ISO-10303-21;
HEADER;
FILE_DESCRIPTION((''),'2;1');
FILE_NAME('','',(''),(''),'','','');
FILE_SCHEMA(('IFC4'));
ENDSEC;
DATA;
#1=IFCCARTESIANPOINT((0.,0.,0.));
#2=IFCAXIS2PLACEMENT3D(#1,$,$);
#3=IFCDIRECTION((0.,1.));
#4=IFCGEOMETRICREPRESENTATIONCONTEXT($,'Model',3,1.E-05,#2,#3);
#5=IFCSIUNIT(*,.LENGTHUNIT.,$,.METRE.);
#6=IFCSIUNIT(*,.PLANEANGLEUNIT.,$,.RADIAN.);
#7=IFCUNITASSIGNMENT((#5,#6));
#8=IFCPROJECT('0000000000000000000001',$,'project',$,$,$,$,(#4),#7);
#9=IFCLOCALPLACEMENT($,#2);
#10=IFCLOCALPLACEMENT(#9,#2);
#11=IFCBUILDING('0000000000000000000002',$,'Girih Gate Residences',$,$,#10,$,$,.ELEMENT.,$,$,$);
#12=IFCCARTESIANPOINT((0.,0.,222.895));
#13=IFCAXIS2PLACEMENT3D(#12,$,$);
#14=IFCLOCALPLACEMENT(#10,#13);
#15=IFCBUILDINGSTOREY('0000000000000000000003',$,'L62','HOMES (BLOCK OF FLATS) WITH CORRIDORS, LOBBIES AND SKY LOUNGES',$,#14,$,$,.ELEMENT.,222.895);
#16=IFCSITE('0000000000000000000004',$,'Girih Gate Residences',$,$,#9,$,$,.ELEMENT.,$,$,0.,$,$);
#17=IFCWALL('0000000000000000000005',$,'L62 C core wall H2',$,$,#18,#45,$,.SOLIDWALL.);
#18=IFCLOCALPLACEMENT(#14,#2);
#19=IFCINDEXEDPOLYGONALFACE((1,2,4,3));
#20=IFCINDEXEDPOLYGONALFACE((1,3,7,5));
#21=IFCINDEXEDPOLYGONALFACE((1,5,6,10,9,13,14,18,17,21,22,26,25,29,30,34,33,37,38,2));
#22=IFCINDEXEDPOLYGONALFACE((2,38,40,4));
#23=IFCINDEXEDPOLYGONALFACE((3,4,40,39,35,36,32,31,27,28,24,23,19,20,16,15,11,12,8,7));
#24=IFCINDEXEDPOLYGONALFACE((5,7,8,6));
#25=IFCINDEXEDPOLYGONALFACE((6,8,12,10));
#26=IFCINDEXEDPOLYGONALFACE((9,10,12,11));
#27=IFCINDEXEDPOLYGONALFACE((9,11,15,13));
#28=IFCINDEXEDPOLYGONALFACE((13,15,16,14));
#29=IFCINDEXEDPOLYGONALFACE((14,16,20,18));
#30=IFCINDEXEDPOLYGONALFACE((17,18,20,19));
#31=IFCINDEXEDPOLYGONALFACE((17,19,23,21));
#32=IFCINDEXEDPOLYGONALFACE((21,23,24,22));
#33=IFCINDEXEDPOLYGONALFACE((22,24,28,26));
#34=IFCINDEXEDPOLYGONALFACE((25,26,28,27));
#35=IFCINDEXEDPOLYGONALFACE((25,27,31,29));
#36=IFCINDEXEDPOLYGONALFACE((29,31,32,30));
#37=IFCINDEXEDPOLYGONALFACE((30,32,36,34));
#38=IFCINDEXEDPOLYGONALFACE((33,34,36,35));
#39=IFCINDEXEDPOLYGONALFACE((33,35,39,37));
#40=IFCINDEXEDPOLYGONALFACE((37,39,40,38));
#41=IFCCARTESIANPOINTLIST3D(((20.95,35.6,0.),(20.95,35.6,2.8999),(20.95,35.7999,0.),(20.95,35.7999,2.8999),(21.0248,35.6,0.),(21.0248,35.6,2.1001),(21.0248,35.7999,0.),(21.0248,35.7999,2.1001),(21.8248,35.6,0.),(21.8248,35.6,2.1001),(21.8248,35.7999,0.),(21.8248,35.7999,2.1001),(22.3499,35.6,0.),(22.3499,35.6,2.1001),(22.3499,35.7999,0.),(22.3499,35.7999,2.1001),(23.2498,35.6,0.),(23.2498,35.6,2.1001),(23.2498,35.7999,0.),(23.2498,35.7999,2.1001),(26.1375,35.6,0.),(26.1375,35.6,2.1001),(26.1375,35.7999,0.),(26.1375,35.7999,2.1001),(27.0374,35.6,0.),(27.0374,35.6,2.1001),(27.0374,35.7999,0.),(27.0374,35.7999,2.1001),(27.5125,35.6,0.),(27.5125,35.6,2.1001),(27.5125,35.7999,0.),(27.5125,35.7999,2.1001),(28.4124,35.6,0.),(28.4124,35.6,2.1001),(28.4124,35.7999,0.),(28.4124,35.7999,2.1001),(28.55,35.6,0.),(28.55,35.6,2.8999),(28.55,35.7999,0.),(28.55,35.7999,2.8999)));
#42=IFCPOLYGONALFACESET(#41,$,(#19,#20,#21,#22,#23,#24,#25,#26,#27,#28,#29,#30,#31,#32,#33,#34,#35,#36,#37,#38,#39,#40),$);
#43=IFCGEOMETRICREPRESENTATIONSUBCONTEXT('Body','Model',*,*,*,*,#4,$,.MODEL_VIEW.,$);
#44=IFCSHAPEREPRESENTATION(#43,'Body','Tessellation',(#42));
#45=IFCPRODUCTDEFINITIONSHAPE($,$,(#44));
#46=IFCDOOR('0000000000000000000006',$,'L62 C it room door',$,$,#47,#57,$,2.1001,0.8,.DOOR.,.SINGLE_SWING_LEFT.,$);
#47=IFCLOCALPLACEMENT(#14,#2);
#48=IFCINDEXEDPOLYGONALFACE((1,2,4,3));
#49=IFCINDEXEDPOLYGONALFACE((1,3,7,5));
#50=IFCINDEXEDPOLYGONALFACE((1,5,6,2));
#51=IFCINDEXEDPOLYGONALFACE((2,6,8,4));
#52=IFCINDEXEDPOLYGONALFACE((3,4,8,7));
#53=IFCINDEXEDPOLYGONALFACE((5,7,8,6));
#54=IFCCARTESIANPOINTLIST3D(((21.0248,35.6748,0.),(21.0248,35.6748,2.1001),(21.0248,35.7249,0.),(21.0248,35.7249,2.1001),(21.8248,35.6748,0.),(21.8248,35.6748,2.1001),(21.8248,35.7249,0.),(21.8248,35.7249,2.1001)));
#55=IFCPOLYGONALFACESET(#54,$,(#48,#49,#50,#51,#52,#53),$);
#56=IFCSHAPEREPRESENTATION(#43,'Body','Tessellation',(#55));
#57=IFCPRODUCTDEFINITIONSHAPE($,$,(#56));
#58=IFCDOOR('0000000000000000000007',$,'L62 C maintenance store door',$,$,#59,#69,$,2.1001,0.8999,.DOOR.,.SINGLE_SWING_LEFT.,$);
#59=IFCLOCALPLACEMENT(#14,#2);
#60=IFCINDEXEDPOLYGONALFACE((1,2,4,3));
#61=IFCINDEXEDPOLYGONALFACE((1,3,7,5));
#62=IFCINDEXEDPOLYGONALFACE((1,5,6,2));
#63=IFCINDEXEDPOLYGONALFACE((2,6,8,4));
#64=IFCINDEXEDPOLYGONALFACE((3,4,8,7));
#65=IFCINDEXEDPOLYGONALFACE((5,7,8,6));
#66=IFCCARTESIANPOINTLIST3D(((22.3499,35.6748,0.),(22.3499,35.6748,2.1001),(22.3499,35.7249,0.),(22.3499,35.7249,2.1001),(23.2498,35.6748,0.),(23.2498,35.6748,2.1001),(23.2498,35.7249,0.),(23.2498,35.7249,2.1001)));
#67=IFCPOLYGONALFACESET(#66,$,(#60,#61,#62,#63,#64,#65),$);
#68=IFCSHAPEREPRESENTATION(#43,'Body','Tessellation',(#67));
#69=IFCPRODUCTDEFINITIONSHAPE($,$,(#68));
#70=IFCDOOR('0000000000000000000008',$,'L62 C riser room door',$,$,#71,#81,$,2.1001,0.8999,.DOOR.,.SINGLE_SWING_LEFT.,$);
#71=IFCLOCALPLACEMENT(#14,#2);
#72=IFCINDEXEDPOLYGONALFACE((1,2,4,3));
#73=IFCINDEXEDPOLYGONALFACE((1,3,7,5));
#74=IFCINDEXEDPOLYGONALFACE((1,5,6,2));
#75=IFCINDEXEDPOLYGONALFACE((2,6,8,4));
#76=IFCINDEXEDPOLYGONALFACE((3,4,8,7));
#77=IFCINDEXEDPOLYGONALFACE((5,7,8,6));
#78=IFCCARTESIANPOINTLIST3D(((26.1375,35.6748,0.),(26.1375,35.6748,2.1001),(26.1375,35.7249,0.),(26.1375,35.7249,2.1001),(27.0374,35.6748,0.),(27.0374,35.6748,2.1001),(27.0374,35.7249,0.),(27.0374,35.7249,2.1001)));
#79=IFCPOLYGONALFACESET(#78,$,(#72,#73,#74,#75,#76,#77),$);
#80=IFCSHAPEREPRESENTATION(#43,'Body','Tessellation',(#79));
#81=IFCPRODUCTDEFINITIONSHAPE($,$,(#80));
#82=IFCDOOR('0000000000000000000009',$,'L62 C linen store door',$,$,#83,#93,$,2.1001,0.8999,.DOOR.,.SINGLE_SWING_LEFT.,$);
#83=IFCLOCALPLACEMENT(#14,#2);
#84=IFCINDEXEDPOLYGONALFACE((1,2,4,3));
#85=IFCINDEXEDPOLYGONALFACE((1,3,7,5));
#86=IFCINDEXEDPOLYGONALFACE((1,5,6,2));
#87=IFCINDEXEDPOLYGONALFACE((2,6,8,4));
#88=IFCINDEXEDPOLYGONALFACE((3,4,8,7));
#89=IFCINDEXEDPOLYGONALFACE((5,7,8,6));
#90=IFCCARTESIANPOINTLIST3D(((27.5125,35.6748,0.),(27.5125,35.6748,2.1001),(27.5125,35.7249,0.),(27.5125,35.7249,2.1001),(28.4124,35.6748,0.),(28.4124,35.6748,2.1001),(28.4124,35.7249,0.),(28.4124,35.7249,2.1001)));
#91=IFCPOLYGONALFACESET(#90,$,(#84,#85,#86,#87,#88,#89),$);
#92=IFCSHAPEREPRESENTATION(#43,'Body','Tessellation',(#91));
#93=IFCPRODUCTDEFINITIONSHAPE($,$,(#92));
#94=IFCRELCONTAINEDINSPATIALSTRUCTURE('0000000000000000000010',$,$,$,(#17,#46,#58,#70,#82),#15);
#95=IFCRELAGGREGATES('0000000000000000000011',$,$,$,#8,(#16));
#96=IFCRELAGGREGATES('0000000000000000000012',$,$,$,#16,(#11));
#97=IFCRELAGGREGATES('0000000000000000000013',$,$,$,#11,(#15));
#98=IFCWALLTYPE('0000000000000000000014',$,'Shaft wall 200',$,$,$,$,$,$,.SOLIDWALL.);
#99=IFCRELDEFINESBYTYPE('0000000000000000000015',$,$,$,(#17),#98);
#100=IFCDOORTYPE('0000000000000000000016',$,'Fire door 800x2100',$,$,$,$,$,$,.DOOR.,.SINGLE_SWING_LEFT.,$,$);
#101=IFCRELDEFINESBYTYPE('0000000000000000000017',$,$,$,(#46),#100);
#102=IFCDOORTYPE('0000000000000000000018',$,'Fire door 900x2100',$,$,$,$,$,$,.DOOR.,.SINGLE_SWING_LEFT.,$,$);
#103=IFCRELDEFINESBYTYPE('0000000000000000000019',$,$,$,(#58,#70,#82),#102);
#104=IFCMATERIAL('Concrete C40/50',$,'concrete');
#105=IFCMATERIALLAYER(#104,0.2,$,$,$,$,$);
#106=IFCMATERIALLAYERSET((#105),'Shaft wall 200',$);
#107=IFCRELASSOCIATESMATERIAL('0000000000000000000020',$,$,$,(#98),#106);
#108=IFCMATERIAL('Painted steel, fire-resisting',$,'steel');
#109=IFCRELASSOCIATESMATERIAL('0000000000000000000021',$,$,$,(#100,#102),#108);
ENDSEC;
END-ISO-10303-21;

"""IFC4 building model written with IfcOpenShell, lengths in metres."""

from ifc_helpers import new_model, si_unit, direction, frame, frame_2d, origin, place, context, subcontext, project, spatial, rectangle, extrude, material, layer, layer_set, type_object, element, fill, save


model = new_model("IFC4")

# Units and contexts
model_context = context("Model", 3, precision=1e-05, world=origin(), true_north=direction((0.0, 1.0)))
body_context = subcontext(model_context, "Body", "Model", "MODEL_VIEW")
ifc_project = project(units=[si_unit("LENGTHUNIT", "METRE"), si_unit("PLANEANGLEUNIT", "RADIAN")], contexts=[model_context])

# Site, building, storey
site_placement = place(None, origin())
site = spatial("IfcSite", under=ifc_project, at=site_placement, Name="Girih Gate Residences", CompositionType="ELEMENT", RefElevation=0.0)
building_placement = place(site_placement, origin())
building = spatial("IfcBuilding", under=site, at=building_placement, Name="Girih Gate Residences", CompositionType="ELEMENT")
storey_placement = place(building_placement, frame((0.0, 0.0, 222.895)))
storey = spatial("IfcBuildingStorey", under=building, at=storey_placement, Name="L62", Description="HOMES (BLOCK OF FLATS) WITH CORRIDORS, LOBBIES AND SKY LOUNGES", CompositionType="ELEMENT", Elevation=222.895)

# Wall, openings, doors
ifc_material_1 = material(Name="Concrete C40/50", Category="concrete")
ifc_layer_1 = layer(ifc_material_1, 0.2)
ifc_layer_set_1 = layer_set([ifc_layer_1], Name="Shaft wall 200")
wall_type_1 = type_object("IfcWallType", Name="Shaft wall 200", PredefinedType="SOLIDWALL", material=ifc_layer_set_1)
ifc_material_2 = material(Name="Painted steel, fire-resisting", Category="steel")
door_type_1 = type_object("IfcDoorType", Name="Fire door 800x2100", OperationType="SINGLE_SWING_LEFT", PredefinedType="DOOR", material=ifc_material_2)
wall_1_placement = place(storey_placement, frame((20.95, 35.7, 0.0), z_axis=(0.0, 0.0, 1.0), x_axis=(1.0, 0.0, 0.0)))
wall_1 = element("IfcWall", 1, at=wall_1_placement, inside=storey, type_object=wall_type_1, Name="L62 C core wall H2", PredefinedType="SOLIDWALL", context=body_context, shape_type="SweptSolid", body=[
    extrude(rectangle(XDim=7.6001, YDim=0.2, at=frame_2d((3.8, 0.0))), origin(), (0.0, 0.0, 1.0), 2.8999),
])
opening_1_placement = place(wall_1_placement, frame((0.075, 0.0, 0.0)))
opening_1 = element("IfcOpeningElement", 2, at=opening_1_placement, cuts=wall_1, PredefinedType="OPENING", context=body_context, shape_type="SweptSolid", body=[
    extrude(rectangle(XDim=0.8, YDim=2.1001, at=frame_2d((0.3999, 1.05))), frame((0.0, 0.1099, 0.0), z_axis=(0.0, -1.0, 0.0), x_axis=(1.0, 0.0, 0.0)), (0.0, 0.0, 1.0), 0.22),
])
opening_2_placement = place(wall_1_placement, frame((1.3999, 0.0, 0.0)))
opening_2 = element("IfcOpeningElement", 3, at=opening_2_placement, cuts=wall_1, PredefinedType="OPENING", context=body_context, shape_type="SweptSolid", body=[
    extrude(rectangle(XDim=0.8999, YDim=2.1001, at=frame_2d((0.45, 1.05))), frame((0.0, 0.1099, 0.0), z_axis=(0.0, -1.0, 0.0), x_axis=(1.0, 0.0, 0.0)), (0.0, 0.0, 1.0), 0.22),
])
opening_3_placement = place(wall_1_placement, frame((5.1875, 0.0, 0.0)))
opening_3 = element("IfcOpeningElement", 4, at=opening_3_placement, cuts=wall_1, PredefinedType="OPENING", context=body_context, shape_type="SweptSolid", body=[
    extrude(rectangle(XDim=0.8999, YDim=2.1001, at=frame_2d((0.45, 1.05))), frame((0.0, 0.1099, 0.0), z_axis=(0.0, -1.0, 0.0), x_axis=(1.0, 0.0, 0.0)), (0.0, 0.0, 1.0), 0.22),
])
opening_4_placement = place(wall_1_placement, frame((6.5625, 0.0, 0.0)))
opening_4 = element("IfcOpeningElement", 5, at=opening_4_placement, cuts=wall_1, PredefinedType="OPENING", context=body_context, shape_type="SweptSolid", body=[
    extrude(rectangle(XDim=0.8999, YDim=2.1001, at=frame_2d((0.45, 1.05))), frame((0.0, 0.1099, 0.0), z_axis=(0.0, -1.0, 0.0), x_axis=(1.0, 0.0, 0.0)), (0.0, 0.0, 1.0), 0.22),
])
door_1_placement = place(opening_1_placement, origin())
door_1 = element("IfcDoor", 6, at=door_1_placement, inside=storey, type_object=door_type_1, Name="L62 C it room door", OperationType="SINGLE_SWING_LEFT", OverallHeight=2.1001, OverallWidth=0.8, PredefinedType="DOOR", context=body_context, shape_type="SweptSolid", body=[
    extrude(rectangle(XDim=0.8, YDim=2.1001, at=frame_2d((0.3999, 1.05))), frame((0.0, 0.0249, 0.0), z_axis=(0.0, -1.0, 0.0), x_axis=(1.0, 0.0, 0.0)), (0.0, 0.0, 1.0), 0.05),
])
fill(opening_1, door_1)
door_type_2 = type_object("IfcDoorType", Name="Fire door 900x2100", OperationType="SINGLE_SWING_LEFT", PredefinedType="DOOR", material=ifc_material_2)
door_2_placement = place(opening_2_placement, origin())
door_2 = element("IfcDoor", 7, at=door_2_placement, inside=storey, type_object=door_type_2, Name="L62 C maintenance store door", OperationType="SINGLE_SWING_LEFT", OverallHeight=2.1001, OverallWidth=0.8999, PredefinedType="DOOR", context=body_context, shape_type="SweptSolid", body=[
    extrude(rectangle(XDim=0.8999, YDim=2.1001, at=frame_2d((0.45, 1.05))), frame((0.0, 0.0249, 0.0), z_axis=(0.0, -1.0, 0.0), x_axis=(1.0, 0.0, 0.0)), (0.0, 0.0, 1.0), 0.05),
])
fill(opening_2, door_2)
door_3_placement = place(opening_3_placement, origin())
door_3 = element("IfcDoor", 8, at=door_3_placement, inside=storey, type_object=door_type_2, Name="L62 C riser room door", OperationType="SINGLE_SWING_LEFT", OverallHeight=2.1001, OverallWidth=0.8999, PredefinedType="DOOR", context=body_context, shape_type="SweptSolid", body=[
    extrude(rectangle(XDim=0.8999, YDim=2.1001, at=frame_2d((0.45, 1.05))), frame((0.0, 0.0249, 0.0), z_axis=(0.0, -1.0, 0.0), x_axis=(1.0, 0.0, 0.0)), (0.0, 0.0, 1.0), 0.05),
])
fill(opening_3, door_3)
door_4_placement = place(opening_4_placement, origin())
door_4 = element("IfcDoor", 9, at=door_4_placement, inside=storey, type_object=door_type_2, Name="L62 C linen store door", OperationType="SINGLE_SWING_LEFT", OverallHeight=2.1001, OverallWidth=0.8999, PredefinedType="DOOR", context=body_context, shape_type="SweptSolid", body=[
    extrude(rectangle(XDim=0.8999, YDim=2.1001, at=frame_2d((0.45, 1.05))), frame((0.0, 0.0249, 0.0), z_axis=(0.0, -1.0, 0.0), x_axis=(1.0, 0.0, 0.0)), (0.0, 0.0, 1.0), 0.05),
])
fill(opening_4, door_4)

save(model, "model.ifc")
